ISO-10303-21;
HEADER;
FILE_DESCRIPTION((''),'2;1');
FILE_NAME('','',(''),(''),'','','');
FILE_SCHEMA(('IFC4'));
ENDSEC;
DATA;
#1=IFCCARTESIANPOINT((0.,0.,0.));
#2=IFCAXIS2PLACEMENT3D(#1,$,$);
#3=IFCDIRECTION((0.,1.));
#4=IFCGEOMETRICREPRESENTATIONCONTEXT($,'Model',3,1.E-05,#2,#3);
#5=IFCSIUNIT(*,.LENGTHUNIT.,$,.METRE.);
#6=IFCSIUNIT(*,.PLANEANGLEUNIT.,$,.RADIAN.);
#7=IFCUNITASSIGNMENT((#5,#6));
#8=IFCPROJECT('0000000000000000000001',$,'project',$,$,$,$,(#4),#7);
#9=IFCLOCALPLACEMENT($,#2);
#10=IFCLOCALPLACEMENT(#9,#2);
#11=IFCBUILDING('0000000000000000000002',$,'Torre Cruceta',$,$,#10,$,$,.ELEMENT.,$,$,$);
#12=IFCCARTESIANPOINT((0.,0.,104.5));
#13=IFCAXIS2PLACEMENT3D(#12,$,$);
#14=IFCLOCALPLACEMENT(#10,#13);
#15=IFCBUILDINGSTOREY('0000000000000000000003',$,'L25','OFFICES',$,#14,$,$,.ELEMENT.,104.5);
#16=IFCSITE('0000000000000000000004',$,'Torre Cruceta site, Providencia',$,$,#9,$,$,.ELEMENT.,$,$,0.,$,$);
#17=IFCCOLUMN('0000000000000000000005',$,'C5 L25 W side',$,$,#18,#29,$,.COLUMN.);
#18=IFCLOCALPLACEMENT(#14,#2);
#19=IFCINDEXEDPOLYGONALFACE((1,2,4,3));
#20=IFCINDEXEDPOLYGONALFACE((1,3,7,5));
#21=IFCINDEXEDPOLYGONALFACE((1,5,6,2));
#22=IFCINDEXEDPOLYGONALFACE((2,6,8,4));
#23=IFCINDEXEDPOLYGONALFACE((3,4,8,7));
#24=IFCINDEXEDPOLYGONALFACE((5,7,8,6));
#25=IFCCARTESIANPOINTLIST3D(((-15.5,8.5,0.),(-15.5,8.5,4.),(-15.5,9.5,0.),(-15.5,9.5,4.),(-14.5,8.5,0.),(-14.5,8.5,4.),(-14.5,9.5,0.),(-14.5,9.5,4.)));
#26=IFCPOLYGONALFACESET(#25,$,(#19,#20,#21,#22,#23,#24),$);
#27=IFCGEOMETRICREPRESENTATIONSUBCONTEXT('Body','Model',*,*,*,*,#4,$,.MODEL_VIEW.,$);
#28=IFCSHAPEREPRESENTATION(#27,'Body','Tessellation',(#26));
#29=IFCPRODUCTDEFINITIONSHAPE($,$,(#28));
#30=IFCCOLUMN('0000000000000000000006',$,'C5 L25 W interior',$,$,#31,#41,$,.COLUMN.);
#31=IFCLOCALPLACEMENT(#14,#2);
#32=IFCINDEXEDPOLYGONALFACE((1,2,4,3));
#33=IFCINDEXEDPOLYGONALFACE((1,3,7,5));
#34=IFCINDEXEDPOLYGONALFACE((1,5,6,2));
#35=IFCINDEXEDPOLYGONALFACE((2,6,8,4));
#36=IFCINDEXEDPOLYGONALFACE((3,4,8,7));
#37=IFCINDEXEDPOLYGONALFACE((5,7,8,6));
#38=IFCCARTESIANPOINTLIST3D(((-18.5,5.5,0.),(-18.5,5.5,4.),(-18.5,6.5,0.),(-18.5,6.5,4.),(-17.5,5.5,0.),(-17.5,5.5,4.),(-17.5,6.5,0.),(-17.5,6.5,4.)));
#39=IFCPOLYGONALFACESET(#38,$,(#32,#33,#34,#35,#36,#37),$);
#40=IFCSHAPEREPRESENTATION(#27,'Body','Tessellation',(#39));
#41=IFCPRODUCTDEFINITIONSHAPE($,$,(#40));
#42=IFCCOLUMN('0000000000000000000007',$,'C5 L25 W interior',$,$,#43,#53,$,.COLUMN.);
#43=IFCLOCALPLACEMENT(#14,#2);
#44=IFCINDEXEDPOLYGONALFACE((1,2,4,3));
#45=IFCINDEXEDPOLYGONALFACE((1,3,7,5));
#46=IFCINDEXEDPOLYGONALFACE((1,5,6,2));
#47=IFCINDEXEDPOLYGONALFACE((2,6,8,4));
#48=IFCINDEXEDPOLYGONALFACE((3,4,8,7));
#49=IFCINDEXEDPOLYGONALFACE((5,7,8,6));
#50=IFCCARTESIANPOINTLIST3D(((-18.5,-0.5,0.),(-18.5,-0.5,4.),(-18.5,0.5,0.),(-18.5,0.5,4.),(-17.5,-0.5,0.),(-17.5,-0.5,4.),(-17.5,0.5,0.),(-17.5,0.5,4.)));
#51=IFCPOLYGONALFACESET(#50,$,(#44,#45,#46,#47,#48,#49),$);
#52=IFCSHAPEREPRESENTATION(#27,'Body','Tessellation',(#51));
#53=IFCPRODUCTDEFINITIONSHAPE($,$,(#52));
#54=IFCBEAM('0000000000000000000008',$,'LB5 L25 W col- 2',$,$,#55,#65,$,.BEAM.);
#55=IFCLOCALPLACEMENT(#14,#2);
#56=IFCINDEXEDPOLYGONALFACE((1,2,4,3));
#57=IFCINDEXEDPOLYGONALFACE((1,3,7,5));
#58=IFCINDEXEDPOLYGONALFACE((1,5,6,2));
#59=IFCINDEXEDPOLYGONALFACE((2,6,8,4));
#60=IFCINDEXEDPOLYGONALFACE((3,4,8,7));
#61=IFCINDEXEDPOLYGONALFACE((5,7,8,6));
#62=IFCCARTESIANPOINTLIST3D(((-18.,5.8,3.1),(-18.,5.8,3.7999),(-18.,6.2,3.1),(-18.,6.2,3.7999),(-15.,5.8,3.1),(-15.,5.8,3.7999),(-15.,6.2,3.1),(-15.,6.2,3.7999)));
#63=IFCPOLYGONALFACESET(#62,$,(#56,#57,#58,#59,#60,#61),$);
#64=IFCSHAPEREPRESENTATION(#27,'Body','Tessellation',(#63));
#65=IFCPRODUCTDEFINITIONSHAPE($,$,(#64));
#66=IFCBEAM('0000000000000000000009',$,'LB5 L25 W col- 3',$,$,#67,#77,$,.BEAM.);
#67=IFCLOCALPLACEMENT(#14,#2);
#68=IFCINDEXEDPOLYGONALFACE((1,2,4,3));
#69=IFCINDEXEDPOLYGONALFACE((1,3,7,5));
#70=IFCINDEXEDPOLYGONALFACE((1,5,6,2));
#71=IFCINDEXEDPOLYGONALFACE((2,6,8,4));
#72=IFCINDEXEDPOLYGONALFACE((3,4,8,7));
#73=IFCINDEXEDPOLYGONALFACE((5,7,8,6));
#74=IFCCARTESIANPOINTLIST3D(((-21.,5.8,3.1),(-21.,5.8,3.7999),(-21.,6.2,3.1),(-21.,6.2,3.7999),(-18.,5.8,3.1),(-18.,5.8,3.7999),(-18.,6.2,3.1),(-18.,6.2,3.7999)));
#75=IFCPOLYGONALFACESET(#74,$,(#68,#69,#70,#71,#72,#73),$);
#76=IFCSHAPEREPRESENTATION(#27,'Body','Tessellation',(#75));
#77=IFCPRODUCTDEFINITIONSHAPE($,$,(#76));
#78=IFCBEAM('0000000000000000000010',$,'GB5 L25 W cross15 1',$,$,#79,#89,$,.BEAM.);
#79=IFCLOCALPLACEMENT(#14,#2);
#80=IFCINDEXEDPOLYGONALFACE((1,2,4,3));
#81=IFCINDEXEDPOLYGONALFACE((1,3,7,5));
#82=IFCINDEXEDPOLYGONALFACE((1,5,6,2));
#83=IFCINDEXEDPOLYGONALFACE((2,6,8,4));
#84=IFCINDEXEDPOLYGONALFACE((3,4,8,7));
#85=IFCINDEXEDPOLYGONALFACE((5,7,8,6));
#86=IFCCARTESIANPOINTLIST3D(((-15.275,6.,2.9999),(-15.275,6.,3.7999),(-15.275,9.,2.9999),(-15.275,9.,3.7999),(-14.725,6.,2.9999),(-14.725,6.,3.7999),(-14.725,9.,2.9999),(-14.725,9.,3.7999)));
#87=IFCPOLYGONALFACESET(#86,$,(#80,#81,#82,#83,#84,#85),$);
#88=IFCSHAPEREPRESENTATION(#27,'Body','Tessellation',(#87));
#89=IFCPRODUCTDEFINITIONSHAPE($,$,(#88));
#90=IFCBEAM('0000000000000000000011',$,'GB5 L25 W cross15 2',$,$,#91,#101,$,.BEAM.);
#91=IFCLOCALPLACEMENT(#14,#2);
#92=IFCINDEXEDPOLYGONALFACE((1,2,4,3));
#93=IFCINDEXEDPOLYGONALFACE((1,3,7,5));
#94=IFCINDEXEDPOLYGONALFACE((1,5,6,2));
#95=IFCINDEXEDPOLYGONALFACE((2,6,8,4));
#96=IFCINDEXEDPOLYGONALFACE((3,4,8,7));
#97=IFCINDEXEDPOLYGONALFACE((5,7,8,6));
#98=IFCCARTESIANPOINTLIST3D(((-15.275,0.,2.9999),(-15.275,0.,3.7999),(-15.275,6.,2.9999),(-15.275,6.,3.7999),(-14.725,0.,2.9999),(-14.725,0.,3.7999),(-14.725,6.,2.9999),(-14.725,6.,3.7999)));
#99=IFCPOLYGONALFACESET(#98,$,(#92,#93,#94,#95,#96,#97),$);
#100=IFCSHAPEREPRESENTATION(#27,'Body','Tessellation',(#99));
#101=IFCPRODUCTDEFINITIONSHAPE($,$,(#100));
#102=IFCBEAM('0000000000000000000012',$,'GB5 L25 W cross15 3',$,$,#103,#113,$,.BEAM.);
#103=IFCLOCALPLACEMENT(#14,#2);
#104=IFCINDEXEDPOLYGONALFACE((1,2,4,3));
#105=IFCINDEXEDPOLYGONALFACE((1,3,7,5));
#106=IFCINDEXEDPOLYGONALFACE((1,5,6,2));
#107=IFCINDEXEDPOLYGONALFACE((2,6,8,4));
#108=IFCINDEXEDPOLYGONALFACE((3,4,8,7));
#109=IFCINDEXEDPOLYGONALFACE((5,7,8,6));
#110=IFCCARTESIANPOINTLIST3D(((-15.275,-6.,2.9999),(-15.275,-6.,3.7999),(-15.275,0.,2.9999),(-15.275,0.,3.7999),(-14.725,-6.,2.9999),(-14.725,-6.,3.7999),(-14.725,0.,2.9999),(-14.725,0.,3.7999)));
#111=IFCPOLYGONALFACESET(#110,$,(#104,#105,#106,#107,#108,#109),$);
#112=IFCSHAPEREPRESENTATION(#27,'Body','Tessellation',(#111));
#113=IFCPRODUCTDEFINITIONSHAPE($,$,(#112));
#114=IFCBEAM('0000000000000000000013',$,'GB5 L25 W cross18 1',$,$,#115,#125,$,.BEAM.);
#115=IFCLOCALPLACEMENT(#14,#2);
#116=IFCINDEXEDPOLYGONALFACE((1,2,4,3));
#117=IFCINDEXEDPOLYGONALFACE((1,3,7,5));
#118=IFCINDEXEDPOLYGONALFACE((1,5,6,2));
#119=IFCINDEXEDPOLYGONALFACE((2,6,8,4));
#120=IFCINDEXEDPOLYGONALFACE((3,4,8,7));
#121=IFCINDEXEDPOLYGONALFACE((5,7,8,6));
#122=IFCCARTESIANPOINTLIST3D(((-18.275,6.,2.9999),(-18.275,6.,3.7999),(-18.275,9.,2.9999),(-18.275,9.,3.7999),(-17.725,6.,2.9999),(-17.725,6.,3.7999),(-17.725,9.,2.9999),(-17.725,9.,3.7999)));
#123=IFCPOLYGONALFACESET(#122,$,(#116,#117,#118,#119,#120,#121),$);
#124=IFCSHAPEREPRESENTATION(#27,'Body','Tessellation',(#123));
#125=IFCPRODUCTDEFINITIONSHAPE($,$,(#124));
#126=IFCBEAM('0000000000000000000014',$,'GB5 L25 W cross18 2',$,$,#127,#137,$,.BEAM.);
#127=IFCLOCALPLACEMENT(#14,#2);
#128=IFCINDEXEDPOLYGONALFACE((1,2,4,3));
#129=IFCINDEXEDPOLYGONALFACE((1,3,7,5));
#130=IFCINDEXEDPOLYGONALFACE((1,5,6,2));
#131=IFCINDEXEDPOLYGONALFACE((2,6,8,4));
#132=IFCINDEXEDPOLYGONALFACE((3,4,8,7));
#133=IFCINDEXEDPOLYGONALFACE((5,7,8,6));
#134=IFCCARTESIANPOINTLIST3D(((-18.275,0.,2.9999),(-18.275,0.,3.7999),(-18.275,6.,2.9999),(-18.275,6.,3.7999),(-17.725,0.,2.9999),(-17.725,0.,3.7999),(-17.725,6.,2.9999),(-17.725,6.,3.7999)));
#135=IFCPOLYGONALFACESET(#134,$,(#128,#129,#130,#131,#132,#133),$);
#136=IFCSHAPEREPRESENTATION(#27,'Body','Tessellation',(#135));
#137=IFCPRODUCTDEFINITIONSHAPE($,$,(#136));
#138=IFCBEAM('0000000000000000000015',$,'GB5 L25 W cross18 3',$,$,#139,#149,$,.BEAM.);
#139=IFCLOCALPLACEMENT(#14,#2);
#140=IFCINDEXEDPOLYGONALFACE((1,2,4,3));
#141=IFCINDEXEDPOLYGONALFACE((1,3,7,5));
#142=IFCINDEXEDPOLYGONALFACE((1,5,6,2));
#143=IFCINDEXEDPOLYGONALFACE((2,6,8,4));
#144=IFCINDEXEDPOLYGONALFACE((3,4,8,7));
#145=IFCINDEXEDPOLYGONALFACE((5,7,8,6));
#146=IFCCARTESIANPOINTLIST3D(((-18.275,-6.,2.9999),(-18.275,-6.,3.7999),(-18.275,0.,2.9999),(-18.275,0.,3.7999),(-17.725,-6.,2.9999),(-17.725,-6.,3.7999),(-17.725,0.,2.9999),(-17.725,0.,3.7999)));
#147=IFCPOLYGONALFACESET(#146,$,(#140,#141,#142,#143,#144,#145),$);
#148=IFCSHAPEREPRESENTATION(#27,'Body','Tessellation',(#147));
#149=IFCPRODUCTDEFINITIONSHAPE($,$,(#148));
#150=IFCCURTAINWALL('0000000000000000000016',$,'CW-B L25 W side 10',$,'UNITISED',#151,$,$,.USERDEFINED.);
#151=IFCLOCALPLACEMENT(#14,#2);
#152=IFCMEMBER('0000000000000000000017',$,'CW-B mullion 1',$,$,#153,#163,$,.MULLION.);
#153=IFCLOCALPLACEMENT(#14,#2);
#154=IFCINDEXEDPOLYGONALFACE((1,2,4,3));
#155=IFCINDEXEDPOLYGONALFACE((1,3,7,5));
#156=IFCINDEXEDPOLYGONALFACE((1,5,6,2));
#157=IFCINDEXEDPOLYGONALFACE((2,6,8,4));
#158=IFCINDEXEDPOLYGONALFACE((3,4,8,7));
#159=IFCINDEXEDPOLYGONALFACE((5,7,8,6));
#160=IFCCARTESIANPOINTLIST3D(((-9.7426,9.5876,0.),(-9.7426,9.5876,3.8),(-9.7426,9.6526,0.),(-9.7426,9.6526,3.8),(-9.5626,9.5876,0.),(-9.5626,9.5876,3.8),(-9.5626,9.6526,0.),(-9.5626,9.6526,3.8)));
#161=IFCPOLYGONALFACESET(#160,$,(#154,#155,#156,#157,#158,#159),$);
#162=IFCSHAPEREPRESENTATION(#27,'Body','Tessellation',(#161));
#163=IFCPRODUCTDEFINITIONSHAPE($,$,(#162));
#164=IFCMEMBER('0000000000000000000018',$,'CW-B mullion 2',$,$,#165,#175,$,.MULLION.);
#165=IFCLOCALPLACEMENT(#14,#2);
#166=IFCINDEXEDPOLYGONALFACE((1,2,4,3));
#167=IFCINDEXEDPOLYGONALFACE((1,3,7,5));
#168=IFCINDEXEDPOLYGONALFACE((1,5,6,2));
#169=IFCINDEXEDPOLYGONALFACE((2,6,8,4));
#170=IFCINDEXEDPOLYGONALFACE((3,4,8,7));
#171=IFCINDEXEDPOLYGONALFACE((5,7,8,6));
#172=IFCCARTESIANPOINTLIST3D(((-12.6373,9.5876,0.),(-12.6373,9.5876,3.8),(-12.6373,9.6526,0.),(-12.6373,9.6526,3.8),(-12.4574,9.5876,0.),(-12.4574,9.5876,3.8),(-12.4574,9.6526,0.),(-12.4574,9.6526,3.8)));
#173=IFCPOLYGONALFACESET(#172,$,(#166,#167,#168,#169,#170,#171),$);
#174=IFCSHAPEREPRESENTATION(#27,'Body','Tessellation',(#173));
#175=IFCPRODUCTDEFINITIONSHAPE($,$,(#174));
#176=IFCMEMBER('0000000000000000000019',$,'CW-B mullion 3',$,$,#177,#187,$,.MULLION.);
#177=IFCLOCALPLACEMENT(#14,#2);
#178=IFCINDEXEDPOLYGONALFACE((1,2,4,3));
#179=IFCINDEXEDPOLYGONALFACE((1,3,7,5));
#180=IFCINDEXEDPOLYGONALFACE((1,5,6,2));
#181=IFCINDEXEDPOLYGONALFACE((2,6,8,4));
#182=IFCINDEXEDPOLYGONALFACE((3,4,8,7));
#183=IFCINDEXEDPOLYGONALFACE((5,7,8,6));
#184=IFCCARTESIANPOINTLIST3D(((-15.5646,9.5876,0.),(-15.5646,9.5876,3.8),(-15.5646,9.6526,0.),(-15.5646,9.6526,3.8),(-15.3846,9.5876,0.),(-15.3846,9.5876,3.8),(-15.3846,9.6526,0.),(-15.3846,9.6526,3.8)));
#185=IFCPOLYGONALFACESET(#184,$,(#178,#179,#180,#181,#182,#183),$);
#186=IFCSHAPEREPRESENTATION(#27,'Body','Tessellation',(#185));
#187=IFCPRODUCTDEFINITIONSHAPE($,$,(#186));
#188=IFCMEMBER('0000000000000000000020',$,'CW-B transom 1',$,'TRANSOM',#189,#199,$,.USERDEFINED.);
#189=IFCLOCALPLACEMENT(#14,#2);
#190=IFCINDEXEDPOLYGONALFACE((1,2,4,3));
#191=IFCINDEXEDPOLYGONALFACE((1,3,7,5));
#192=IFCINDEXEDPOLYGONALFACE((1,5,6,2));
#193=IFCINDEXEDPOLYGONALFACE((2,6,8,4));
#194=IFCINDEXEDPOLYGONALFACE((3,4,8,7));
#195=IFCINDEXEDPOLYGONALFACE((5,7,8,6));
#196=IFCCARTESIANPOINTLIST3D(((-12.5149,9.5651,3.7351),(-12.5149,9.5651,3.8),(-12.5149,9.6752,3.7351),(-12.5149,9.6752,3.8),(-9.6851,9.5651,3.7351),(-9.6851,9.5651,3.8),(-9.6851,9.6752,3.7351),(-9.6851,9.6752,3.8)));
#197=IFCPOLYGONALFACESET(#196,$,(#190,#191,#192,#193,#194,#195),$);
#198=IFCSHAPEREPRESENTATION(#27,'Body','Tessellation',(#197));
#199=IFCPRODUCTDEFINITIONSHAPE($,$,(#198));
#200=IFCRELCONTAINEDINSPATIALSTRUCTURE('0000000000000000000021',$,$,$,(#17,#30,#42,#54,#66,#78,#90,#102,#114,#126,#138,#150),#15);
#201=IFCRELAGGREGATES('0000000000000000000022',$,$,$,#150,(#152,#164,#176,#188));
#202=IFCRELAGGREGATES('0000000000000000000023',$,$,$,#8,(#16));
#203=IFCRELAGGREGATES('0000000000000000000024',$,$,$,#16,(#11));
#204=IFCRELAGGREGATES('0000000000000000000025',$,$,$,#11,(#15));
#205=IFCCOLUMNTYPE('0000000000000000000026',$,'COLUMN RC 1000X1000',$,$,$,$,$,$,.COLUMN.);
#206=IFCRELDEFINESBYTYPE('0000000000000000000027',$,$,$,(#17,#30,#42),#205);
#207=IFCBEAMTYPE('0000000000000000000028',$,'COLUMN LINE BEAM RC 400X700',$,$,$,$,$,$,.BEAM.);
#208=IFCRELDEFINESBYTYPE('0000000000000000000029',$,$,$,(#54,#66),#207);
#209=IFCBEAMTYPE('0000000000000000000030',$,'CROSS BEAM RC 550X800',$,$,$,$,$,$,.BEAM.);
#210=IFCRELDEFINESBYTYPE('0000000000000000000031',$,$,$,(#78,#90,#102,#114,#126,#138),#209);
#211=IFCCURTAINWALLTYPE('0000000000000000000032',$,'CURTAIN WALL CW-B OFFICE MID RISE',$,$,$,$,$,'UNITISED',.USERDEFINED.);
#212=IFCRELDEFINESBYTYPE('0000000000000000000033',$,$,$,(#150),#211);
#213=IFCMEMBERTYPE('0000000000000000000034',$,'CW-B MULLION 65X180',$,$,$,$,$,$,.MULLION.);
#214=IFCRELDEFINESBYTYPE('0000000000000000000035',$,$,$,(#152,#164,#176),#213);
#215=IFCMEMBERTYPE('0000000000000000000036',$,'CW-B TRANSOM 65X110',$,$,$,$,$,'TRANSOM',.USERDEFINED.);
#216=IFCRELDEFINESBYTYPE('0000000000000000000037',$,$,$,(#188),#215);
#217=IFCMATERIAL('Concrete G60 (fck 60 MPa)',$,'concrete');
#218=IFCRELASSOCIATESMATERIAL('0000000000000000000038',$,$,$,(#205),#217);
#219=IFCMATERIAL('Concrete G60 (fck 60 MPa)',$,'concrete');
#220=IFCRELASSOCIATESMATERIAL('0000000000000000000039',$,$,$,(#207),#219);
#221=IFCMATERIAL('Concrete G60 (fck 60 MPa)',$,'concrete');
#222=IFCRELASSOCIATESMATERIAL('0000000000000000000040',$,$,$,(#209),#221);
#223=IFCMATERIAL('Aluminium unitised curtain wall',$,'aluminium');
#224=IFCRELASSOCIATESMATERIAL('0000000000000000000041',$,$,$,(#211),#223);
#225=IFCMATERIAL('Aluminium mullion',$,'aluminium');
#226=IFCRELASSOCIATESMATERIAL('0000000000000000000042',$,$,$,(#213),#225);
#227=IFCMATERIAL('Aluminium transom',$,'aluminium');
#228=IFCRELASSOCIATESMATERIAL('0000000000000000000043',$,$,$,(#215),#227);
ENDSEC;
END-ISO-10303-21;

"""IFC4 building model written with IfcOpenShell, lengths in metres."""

from ifc_helpers import new_model, si_unit, direction, frame, origin, origin_2d, place, context, subcontext, project, spatial, rectangle, extrude, material, material_profile, profile_set, type_object, element, aggregate, save


model = new_model("IFC4")

# Units and contexts
model_context = context("Model", 3, precision=1e-05, world=origin(), true_north=direction((0.0, 1.0)))
body_context = subcontext(model_context, "Body", "Model", "MODEL_VIEW")
ifc_project = project(units=[si_unit("LENGTHUNIT", "METRE"), si_unit("PLANEANGLEUNIT", "RADIAN")], contexts=[model_context])

# Site, building, storey
site_placement = place(None, origin())
site = spatial("IfcSite", under=ifc_project, at=site_placement, Name="Torre Cruceta site, Providencia", CompositionType="ELEMENT", RefElevation=0.0)
building_placement = place(site_placement, origin())
building = spatial("IfcBuilding", under=site, at=building_placement, Name="Torre Cruceta", CompositionType="ELEMENT")
storey_placement = place(building_placement, frame((0.0, 0.0, 104.5)))
storey = spatial("IfcBuildingStorey", under=building, at=storey_placement, Name="L25", Description="OFFICES", CompositionType="ELEMENT", Elevation=104.5)

# Columns
ifc_material_1 = material(Name="Concrete G60 (fck 60 MPa)", Category="concrete")
ifc_material_profile_1 = material_profile(ifc_material_1, rectangle(XDim=1.0, YDim=1.0, at=origin_2d()), Name="RC 1000X1000")
ifc_profile_set_1 = profile_set([ifc_material_profile_1], Name="Concrete G60 (fck 60 MPa)")
column_type = type_object("IfcColumnType", Name="COLUMN RC 1000X1000", PredefinedType="COLUMN", material=ifc_profile_set_1)
for number, where, z_axis, x_axis, name in (
    (1, (-15.0, 9.0, 0.0), (0.0, 0.0, 1.0), (1.0, 0.0, 0.0), "C5 L25 W side"),
    (2, (-18.0, 6.0, 0.0), (0.0, 0.0, 1.0), (1.0, 0.0, 0.0), "C5 L25 W interior"),
    (3, (-18.0, 0.0, 0.0), (0.0, 0.0, 1.0), (1.0, 0.0, 0.0), "C5 L25 W interior"),
):
    element("IfcColumn", number, at=place(storey_placement, frame(where, z_axis=z_axis, x_axis=x_axis)), inside=storey, type_object=column_type, Name=name, PredefinedType="COLUMN", context=body_context, shape_type="SweptSolid", body=[
        extrude(rectangle(XDim=1.0, YDim=1.0, at=origin_2d()), origin(), (0.0, 0.0, 1.0), 4.0),
    ])

# Beams
ifc_material_2 = material(Name="Concrete G60 (fck 60 MPa)", Category="concrete")
ifc_material_profile_2 = material_profile(ifc_material_2, rectangle(XDim=0.3999, YDim=0.7, at=origin_2d()), Name="RC 400X700")
ifc_profile_set_2 = profile_set([ifc_material_profile_2], Name="Concrete G60 (fck 60 MPa)")
beam_type_1 = type_object("IfcBeamType", Name="COLUMN LINE BEAM RC 400X700", PredefinedType="BEAM", material=ifc_profile_set_2)
for number, where, z_axis, x_axis, name in (
    (4, (-15.0, 6.0, 3.45), (-1.0, 0.0, 0.0), (0.0, -1.0, 0.0), "LB5 L25 W col- 2"),
    (5, (-18.0, 6.0, 3.45), (-1.0, 0.0, 0.0), (0.0, -1.0, 0.0), "LB5 L25 W col- 3"),
):
    element("IfcBeam", number, at=place(storey_placement, frame(where, z_axis=z_axis, x_axis=x_axis)), inside=storey, type_object=beam_type_1, Name=name, PredefinedType="BEAM", context=body_context, shape_type="SweptSolid", body=[
        extrude(rectangle(XDim=0.3999, YDim=0.7, at=origin_2d()), origin(), (0.0, 0.0, 1.0), 3.0),
    ])
ifc_material_3 = material(Name="Concrete G60 (fck 60 MPa)", Category="concrete")
ifc_material_profile_3 = material_profile(ifc_material_3, rectangle(XDim=0.55, YDim=0.8, at=origin_2d()), Name="RC 550X800")
ifc_profile_set_3 = profile_set([ifc_material_profile_3], Name="Concrete G60 (fck 60 MPa)")
beam_type_2 = type_object("IfcBeamType", Name="CROSS BEAM RC 550X800", PredefinedType="BEAM", material=ifc_profile_set_3)
beam_1_placement = place(storey_placement, frame((-15.0, 9.0, 3.3999), z_axis=(0.0, -1.0, 0.0), x_axis=(1.0, 0.0, 0.0)))
element("IfcBeam", 6, at=beam_1_placement, inside=storey, type_object=beam_type_2, Name="GB5 L25 W cross15 1", PredefinedType="BEAM", context=body_context, shape_type="SweptSolid", body=[
    extrude(rectangle(XDim=0.55, YDim=0.8, at=origin_2d()), origin(), (0.0, 0.0, 1.0), 3.0),
])
for number, where, z_axis, x_axis, name in (
    (7, (-15.0, 6.0, 3.3999), (0.0, -1.0, 0.0), (1.0, 0.0, 0.0), "GB5 L25 W cross15 2"),
    (8, (-15.0, 0.0, 3.3999), (0.0, -1.0, 0.0), (1.0, 0.0, 0.0), "GB5 L25 W cross15 3"),
):
    element("IfcBeam", number, at=place(storey_placement, frame(where, z_axis=z_axis, x_axis=x_axis)), inside=storey, type_object=beam_type_2, Name=name, PredefinedType="BEAM", context=body_context, shape_type="SweptSolid", body=[
        extrude(rectangle(XDim=0.55, YDim=0.8, at=origin_2d()), origin(), (0.0, 0.0, 1.0), 6.0),
    ])
beam_2_placement = place(storey_placement, frame((-18.0, 9.0, 3.3999), z_axis=(0.0, -1.0, 0.0), x_axis=(1.0, 0.0, 0.0)))
element("IfcBeam", 9, at=beam_2_placement, inside=storey, type_object=beam_type_2, Name="GB5 L25 W cross18 1", PredefinedType="BEAM", context=body_context, shape_type="SweptSolid", body=[
    extrude(rectangle(XDim=0.55, YDim=0.8, at=origin_2d()), origin(), (0.0, 0.0, 1.0), 3.0),
])
for number, where, z_axis, x_axis, name in (
    (10, (-18.0, 6.0, 3.3999), (0.0, -1.0, 0.0), (1.0, 0.0, 0.0), "GB5 L25 W cross18 2"),
    (11, (-18.0, 0.0, 3.3999), (0.0, -1.0, 0.0), (1.0, 0.0, 0.0), "GB5 L25 W cross18 3"),
):
    element("IfcBeam", number, at=place(storey_placement, frame(where, z_axis=z_axis, x_axis=x_axis)), inside=storey, type_object=beam_type_2, Name=name, PredefinedType="BEAM", context=body_context, shape_type="SweptSolid", body=[
        extrude(rectangle(XDim=0.55, YDim=0.8, at=origin_2d()), origin(), (0.0, 0.0, 1.0), 6.0),
    ])

# Curtain wall, members
ifc_material_4 = material(Name="Aluminium unitised curtain wall", Category="aluminium")
curtain_wall_type = type_object("IfcCurtainWallType", Name="CURTAIN WALL CW-B OFFICE MID RISE", ElementType="UNITISED", PredefinedType="USERDEFINED", material=ifc_material_4)
curtain_wall_placement = place(storey_placement, origin())
curtain_wall = element("IfcCurtainWall", 12, at=curtain_wall_placement, inside=storey, type_object=curtain_wall_type, Name="CW-B L25 W side 10", ObjectType="UNITISED", PredefinedType="USERDEFINED")
ifc_material_5 = material(Name="Aluminium mullion", Category="aluminium")
ifc_material_profile_4 = material_profile(ifc_material_5, rectangle(XDim=0.0649, YDim=0.1799, at=origin_2d()), Name="AL 65X180")
ifc_profile_set_4 = profile_set([ifc_material_profile_4], Name="Aluminium mullion")
member_type_1 = type_object("IfcMemberType", Name="CW-B MULLION 65X180", PredefinedType="MULLION", material=ifc_profile_set_4)
member_1_placement = place(storey_placement, frame((-9.6526, 9.6201, 0.0), z_axis=(0.0, 0.0, 1.0), x_axis=(0.0, -1.0, 0.0)))
member_1 = element("IfcMember", 13, at=member_1_placement, type_object=member_type_1, Name="CW-B mullion 1", PredefinedType="MULLION", context=body_context, shape_type="SweptSolid", body=[
    extrude(rectangle(XDim=0.0649, YDim=0.1799, at=origin_2d()), origin(), (0.0, 0.0, 1.0), 3.8),
])
member_2_placement = place(storey_placement, frame((-12.5474, 9.6201, 0.0), z_axis=(0.0, 0.0, 1.0), x_axis=(0.0, -1.0, 0.0)))
member_2 = element("IfcMember", 14, at=member_2_placement, type_object=member_type_1, Name="CW-B mullion 2", PredefinedType="MULLION", context=body_context, shape_type="SweptSolid", body=[
    extrude(rectangle(XDim=0.0649, YDim=0.1799, at=origin_2d()), origin(), (0.0, 0.0, 1.0), 3.8),
])
member_3_placement = place(storey_placement, frame((-15.4746, 9.6201, 0.0), z_axis=(0.0, 0.0, 1.0), x_axis=(0.0, -1.0, 0.0)))
member_3 = element("IfcMember", 15, at=member_3_placement, type_object=member_type_1, Name="CW-B mullion 3", PredefinedType="MULLION", context=body_context, shape_type="SweptSolid", body=[
    extrude(rectangle(XDim=0.0649, YDim=0.1799, at=origin_2d()), origin(), (0.0, 0.0, 1.0), 3.8),
])
ifc_material_6 = material(Name="Aluminium transom", Category="aluminium")
ifc_material_profile_5 = material_profile(ifc_material_6, rectangle(XDim=0.1101, YDim=0.0649, at=origin_2d()), Name="AL 110X65")
ifc_profile_set_5 = profile_set([ifc_material_profile_5], Name="Aluminium transom")
member_type_2 = type_object("IfcMemberType", Name="CW-B TRANSOM 65X110", ElementType="TRANSOM", PredefinedType="USERDEFINED", material=ifc_profile_set_5)
member_4_placement = place(storey_placement, frame((-9.6851, 9.6201, 3.7676), z_axis=(-1.0, 0.0, 0.0), x_axis=(0.0, -1.0, 0.0)))
member_4 = element("IfcMember", 16, at=member_4_placement, type_object=member_type_2, Name="CW-B transom 1", ObjectType="TRANSOM", PredefinedType="USERDEFINED", context=body_context, shape_type="SweptSolid", body=[
    extrude(rectangle(XDim=0.1101, YDim=0.0649, at=origin_2d()), origin(), (0.0, 0.0, 1.0), 2.8298),
])

aggregate(curtain_wall, [member_1, member_2, member_3, member_4])

save(model, "model.ifc")
